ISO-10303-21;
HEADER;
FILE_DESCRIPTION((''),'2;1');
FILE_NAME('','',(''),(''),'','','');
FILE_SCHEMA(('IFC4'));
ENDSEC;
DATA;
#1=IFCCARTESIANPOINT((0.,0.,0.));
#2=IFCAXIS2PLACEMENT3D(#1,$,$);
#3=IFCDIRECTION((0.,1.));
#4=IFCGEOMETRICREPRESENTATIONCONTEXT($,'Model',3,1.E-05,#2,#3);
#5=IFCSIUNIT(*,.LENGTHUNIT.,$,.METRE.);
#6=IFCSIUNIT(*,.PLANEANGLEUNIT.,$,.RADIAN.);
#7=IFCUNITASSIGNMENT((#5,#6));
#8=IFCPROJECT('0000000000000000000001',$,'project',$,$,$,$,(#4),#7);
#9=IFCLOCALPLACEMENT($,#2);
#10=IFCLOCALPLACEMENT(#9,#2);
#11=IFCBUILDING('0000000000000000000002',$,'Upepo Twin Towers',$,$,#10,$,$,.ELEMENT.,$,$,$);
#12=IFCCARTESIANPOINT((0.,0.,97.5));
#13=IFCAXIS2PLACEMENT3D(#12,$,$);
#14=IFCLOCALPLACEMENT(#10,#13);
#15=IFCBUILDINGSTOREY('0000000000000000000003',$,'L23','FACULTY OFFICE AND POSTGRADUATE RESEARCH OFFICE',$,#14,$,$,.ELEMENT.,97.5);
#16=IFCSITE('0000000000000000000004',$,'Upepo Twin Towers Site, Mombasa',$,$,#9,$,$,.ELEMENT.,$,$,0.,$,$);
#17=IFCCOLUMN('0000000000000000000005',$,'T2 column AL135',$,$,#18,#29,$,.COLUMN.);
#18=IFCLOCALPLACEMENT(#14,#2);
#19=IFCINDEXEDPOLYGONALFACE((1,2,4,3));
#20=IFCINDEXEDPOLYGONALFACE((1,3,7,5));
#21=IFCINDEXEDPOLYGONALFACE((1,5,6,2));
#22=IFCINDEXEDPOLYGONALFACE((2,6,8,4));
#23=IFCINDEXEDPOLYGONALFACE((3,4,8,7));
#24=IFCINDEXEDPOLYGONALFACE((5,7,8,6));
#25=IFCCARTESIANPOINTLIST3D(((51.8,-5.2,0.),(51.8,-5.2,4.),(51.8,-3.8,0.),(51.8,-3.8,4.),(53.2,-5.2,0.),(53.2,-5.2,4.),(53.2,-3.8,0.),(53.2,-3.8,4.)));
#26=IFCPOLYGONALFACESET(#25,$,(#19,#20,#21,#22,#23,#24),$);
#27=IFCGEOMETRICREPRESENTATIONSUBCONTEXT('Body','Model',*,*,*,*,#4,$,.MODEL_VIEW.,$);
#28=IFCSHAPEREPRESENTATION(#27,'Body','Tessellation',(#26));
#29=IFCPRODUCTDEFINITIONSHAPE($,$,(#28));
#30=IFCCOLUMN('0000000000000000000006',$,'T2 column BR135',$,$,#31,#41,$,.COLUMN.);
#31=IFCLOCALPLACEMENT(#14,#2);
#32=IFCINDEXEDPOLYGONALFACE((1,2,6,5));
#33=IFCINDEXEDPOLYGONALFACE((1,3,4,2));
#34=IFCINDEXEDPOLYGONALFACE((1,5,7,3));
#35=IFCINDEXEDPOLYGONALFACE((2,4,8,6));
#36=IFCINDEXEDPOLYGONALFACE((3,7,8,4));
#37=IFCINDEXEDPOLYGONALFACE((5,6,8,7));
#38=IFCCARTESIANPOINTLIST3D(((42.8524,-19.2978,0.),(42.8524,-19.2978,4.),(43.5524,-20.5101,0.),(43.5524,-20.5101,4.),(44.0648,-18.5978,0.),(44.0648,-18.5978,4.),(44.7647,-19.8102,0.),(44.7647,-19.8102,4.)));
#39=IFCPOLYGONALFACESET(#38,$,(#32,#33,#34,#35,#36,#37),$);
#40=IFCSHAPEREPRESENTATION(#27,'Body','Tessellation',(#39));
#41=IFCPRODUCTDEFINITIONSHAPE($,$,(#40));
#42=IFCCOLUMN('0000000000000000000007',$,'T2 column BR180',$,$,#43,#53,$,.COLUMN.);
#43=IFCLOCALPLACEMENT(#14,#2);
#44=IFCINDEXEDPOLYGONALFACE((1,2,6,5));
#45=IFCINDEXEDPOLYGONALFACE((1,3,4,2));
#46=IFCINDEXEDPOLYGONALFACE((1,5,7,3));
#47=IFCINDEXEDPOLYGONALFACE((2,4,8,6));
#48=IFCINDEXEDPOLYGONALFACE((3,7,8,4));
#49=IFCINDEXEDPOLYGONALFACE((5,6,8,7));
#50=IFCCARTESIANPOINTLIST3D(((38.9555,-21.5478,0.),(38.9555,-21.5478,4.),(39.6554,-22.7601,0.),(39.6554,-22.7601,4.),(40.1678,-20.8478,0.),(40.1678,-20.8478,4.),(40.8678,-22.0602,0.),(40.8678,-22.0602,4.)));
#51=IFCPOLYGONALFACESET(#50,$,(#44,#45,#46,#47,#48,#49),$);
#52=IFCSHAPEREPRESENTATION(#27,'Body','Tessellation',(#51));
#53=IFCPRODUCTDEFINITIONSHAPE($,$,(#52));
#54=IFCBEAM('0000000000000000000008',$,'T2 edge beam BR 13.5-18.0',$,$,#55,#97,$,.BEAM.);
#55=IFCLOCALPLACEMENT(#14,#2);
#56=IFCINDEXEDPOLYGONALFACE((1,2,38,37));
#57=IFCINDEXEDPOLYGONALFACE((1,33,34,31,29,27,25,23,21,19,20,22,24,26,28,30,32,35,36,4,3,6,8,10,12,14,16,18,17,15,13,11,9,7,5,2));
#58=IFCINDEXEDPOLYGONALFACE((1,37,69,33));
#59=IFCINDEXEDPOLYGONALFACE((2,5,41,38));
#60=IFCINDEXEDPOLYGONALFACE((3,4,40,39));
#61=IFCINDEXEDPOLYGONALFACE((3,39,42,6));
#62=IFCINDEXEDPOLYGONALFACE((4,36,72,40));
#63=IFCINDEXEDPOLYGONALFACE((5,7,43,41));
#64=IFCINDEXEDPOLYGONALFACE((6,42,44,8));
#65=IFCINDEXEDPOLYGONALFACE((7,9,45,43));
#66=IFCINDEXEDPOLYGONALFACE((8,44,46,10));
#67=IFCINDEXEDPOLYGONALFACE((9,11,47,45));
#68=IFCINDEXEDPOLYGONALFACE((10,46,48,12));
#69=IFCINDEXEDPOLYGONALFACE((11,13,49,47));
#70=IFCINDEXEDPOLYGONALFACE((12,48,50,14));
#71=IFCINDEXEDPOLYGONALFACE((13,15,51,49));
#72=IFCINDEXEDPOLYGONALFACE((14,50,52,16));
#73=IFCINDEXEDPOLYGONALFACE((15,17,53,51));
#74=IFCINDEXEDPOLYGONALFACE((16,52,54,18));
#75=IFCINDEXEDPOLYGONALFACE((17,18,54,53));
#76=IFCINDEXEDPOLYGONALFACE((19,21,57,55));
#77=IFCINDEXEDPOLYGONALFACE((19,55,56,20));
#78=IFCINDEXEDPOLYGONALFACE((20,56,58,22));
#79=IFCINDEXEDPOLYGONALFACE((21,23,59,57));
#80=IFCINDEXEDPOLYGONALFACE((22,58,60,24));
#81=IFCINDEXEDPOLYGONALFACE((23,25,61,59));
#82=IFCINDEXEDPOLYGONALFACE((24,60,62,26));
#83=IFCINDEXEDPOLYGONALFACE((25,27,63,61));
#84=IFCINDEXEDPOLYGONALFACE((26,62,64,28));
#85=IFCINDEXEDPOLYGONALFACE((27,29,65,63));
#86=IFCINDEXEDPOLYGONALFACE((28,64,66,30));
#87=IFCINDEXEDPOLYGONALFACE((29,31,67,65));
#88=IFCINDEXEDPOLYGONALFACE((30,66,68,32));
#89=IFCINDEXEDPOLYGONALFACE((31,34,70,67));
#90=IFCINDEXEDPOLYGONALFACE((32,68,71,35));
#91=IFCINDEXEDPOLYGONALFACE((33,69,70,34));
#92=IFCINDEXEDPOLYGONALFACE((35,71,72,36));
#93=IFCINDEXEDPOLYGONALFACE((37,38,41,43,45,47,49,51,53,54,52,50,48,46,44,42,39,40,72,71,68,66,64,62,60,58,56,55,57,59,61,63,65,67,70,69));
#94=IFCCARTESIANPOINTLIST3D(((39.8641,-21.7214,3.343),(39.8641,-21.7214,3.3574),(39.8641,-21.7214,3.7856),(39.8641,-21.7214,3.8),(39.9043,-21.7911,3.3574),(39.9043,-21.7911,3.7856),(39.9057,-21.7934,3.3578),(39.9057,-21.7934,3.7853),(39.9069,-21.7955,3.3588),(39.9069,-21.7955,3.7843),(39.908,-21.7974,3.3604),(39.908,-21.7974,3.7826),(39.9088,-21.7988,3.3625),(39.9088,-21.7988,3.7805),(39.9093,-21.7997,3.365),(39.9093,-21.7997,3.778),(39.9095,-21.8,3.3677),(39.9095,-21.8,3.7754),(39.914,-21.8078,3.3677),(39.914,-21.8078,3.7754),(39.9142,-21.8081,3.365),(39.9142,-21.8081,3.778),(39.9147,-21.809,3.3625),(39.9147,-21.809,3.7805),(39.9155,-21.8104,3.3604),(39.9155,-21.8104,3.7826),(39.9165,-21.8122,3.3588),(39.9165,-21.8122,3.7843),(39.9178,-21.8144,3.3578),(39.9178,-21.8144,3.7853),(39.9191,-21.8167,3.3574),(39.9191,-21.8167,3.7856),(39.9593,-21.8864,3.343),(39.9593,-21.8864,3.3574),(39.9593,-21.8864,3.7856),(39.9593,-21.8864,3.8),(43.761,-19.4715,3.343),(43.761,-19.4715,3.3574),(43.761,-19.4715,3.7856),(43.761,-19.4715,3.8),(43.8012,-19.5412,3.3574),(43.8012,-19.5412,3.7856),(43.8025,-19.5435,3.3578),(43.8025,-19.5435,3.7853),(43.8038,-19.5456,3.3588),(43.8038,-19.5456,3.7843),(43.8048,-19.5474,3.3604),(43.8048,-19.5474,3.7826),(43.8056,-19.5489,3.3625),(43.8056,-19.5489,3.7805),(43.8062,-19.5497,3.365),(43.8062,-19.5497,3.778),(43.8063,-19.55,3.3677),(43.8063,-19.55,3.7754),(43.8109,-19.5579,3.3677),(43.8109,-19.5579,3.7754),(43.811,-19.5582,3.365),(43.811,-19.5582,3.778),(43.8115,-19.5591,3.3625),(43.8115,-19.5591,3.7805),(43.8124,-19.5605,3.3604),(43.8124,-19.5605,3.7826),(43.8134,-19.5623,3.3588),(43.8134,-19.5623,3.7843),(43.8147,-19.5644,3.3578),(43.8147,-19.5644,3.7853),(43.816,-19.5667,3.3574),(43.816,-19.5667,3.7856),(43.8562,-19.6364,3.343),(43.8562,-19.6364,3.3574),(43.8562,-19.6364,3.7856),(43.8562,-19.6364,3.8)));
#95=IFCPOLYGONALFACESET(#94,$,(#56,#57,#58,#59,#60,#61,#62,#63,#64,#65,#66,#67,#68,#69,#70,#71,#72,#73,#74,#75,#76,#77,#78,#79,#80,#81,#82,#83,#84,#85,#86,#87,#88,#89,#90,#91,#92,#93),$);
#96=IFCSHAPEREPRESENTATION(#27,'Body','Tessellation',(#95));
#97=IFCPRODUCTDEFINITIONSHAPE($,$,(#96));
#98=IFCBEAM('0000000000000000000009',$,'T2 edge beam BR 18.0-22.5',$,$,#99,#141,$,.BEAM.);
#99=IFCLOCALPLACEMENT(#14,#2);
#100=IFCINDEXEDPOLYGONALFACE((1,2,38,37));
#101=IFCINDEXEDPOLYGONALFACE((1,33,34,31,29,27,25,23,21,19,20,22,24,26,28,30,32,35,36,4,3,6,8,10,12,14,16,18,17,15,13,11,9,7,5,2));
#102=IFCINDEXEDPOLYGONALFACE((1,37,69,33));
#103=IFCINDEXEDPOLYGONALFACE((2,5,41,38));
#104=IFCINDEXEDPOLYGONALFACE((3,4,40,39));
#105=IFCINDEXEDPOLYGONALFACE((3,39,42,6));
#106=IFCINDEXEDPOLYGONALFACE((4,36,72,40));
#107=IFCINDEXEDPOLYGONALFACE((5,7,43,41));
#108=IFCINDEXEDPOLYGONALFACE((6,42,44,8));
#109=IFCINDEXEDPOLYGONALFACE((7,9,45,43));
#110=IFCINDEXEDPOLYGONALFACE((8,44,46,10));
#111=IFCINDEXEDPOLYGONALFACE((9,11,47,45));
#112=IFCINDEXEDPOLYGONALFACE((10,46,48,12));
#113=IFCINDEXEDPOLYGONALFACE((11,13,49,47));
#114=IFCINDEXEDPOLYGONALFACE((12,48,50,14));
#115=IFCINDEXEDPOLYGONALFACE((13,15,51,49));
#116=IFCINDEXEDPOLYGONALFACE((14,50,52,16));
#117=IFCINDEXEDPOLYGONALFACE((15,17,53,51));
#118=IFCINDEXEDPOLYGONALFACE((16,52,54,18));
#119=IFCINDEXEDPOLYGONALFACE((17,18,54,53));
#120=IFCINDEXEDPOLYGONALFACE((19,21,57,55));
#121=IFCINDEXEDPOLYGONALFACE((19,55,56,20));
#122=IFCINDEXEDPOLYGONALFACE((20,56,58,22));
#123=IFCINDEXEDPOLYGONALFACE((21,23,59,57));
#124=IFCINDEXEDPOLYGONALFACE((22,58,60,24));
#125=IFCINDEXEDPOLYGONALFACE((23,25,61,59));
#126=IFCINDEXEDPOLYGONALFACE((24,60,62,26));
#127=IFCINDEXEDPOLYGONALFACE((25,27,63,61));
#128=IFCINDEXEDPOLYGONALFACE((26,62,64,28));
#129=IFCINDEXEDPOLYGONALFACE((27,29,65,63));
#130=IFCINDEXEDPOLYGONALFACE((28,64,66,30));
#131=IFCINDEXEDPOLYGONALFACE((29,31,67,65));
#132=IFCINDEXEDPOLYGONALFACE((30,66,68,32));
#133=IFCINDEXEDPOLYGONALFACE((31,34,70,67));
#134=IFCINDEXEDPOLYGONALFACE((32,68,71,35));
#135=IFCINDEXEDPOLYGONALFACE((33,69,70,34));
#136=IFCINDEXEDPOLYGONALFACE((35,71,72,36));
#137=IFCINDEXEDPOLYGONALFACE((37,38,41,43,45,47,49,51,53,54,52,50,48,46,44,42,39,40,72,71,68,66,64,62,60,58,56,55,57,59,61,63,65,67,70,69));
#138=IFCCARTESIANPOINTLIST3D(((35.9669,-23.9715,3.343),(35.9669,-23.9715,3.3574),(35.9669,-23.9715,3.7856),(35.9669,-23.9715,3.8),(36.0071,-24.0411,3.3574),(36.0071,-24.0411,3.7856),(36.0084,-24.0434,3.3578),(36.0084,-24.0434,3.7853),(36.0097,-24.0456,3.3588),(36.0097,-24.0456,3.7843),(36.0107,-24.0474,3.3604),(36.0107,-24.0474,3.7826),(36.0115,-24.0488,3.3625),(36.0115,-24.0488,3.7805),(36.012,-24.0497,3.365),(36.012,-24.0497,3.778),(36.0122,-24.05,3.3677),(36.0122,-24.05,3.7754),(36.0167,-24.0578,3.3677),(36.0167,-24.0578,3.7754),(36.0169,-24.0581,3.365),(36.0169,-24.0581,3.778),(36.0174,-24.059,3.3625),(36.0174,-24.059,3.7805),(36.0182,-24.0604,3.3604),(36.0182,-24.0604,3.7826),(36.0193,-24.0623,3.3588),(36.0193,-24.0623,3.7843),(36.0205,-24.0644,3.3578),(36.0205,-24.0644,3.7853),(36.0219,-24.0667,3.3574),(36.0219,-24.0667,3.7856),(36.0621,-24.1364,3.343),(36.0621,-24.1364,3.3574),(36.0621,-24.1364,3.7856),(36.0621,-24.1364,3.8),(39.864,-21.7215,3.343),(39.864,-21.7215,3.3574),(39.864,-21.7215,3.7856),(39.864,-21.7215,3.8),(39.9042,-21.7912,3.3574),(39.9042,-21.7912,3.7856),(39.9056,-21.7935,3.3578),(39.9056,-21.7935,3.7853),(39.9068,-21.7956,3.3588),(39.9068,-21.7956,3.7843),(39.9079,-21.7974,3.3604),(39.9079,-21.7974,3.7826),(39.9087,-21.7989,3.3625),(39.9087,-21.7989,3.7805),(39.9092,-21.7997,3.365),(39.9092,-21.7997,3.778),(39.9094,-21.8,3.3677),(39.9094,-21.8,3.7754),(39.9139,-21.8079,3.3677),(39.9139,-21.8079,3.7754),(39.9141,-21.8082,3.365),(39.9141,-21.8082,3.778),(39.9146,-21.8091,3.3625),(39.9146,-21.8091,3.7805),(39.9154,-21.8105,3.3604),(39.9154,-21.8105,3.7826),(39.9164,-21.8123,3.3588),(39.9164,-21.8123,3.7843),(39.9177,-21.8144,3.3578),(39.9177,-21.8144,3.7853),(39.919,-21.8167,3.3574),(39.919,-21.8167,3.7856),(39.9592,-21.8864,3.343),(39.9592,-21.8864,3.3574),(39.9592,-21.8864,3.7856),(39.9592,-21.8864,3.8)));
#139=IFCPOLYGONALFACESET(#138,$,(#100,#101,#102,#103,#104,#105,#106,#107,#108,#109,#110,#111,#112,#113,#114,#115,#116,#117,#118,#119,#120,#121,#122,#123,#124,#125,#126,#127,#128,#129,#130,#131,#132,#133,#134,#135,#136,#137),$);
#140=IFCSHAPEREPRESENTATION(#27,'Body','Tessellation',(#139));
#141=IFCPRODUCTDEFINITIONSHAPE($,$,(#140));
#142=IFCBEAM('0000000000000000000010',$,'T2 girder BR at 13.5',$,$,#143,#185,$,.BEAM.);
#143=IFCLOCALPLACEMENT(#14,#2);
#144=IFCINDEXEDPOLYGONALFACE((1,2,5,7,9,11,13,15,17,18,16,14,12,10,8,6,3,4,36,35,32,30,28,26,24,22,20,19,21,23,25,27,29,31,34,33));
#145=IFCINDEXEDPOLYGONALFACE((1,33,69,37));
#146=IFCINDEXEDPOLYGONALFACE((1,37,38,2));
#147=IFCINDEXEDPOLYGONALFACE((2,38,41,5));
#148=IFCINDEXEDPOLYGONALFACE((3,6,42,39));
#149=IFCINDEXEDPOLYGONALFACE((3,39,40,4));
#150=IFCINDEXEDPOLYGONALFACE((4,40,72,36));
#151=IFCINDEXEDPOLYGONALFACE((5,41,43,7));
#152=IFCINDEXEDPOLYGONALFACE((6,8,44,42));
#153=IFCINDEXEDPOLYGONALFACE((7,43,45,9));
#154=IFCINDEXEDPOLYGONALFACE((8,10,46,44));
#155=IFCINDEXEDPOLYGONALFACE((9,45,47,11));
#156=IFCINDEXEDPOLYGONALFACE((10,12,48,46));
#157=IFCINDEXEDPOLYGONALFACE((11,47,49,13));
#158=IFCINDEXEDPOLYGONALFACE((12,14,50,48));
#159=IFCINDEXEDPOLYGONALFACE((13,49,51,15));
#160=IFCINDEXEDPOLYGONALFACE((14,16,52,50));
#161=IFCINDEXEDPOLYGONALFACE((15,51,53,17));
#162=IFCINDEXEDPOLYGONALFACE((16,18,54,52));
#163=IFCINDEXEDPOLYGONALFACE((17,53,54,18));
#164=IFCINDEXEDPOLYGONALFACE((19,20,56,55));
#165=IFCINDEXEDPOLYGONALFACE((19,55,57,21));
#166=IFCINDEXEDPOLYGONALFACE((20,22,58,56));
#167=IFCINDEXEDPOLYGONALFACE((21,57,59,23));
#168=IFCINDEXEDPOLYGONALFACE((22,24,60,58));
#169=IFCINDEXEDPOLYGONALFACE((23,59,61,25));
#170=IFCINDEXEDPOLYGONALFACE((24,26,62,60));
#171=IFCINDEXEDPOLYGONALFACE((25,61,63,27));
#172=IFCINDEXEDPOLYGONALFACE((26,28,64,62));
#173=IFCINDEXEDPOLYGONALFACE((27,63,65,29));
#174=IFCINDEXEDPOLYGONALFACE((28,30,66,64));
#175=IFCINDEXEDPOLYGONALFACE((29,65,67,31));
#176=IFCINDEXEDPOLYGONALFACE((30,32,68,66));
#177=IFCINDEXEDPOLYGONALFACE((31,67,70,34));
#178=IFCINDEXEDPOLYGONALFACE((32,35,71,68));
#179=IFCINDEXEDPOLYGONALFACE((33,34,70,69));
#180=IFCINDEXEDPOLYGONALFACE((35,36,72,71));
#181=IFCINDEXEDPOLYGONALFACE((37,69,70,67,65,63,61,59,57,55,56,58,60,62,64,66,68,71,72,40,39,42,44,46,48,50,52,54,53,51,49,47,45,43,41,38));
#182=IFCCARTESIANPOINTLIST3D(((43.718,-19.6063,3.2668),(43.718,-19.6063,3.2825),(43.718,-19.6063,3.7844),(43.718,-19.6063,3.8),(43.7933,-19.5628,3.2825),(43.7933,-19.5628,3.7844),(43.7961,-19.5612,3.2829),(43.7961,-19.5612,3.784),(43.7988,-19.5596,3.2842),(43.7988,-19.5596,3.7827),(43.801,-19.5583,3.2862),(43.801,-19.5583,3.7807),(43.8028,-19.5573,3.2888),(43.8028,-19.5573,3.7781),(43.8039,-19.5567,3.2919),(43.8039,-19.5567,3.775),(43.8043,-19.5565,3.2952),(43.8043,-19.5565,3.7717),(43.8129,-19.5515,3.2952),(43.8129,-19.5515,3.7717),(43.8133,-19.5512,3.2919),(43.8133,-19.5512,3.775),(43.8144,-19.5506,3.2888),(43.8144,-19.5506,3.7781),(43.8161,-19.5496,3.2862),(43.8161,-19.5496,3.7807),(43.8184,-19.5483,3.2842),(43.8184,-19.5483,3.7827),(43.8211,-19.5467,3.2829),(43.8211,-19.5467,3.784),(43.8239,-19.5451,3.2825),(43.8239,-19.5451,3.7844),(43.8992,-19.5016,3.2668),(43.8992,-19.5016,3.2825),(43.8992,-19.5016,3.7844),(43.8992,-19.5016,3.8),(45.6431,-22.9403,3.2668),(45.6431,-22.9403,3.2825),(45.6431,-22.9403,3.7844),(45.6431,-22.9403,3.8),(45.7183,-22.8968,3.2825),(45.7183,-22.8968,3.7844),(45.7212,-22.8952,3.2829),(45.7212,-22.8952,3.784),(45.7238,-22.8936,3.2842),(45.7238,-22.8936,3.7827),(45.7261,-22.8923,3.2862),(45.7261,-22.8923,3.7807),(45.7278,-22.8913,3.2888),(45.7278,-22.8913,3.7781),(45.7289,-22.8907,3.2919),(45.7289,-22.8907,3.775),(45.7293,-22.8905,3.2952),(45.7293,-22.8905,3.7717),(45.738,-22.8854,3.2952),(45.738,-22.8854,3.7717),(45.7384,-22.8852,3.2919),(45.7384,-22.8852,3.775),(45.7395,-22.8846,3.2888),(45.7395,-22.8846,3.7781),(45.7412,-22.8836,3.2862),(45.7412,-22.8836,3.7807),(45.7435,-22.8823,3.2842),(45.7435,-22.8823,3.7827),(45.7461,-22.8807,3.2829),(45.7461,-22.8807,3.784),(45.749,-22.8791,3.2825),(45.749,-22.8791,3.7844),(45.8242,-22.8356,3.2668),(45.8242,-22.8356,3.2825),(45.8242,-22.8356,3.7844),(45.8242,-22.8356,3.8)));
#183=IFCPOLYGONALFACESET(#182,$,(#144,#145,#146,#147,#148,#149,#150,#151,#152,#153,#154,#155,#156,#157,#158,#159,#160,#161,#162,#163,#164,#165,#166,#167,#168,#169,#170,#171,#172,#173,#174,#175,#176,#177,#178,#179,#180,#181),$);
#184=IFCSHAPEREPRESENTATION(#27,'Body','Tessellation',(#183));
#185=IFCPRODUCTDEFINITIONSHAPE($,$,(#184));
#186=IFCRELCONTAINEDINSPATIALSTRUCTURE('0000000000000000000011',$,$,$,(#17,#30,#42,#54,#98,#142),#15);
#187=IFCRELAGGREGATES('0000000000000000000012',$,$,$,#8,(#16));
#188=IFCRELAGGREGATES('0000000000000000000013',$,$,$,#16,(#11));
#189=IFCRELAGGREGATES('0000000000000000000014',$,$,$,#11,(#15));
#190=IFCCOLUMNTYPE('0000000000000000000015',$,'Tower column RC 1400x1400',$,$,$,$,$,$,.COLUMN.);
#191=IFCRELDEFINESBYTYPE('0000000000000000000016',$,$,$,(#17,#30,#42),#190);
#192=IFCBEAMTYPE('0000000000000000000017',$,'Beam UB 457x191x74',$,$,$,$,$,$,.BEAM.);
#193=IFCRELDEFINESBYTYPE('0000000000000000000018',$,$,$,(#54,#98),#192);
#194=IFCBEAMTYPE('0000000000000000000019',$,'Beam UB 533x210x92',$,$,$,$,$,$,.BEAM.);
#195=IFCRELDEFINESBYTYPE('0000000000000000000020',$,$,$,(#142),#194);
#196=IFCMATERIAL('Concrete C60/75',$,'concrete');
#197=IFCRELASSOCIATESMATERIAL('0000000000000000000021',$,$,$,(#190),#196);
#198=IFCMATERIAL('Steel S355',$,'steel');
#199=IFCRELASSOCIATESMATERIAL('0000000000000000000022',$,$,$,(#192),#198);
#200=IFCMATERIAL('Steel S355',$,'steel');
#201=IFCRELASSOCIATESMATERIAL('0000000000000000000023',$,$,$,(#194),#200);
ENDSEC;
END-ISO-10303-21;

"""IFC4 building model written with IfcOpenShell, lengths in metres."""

from ifc_helpers import new_model, si_unit, direction, frame, origin, origin_2d, place, context, subcontext, project, spatial, rectangle, i_section, extrude, material, material_profile, profile_set, type_object, element, save


model = new_model("IFC4")

# Units and contexts
model_context = context("Model", 3, precision=1e-05, world=origin(), true_north=direction((0.0, 1.0)))
body_context = subcontext(model_context, "Body", "Model", "MODEL_VIEW")
ifc_project = project(units=[si_unit("LENGTHUNIT", "METRE"), si_unit("PLANEANGLEUNIT", "RADIAN")], contexts=[model_context])

# Site, building, storey
site_placement = place(None, origin())
site = spatial("IfcSite", under=ifc_project, at=site_placement, Name="Upepo Twin Towers Site, Mombasa", CompositionType="ELEMENT", RefElevation=0.0)
building_placement = place(site_placement, origin())
building = spatial("IfcBuilding", under=site, at=building_placement, Name="Upepo Twin Towers", CompositionType="ELEMENT")
storey_placement = place(building_placement, frame((0.0, 0.0, 97.5)))
storey = spatial("IfcBuildingStorey", under=building, at=storey_placement, Name="L23", Description="FACULTY OFFICE AND POSTGRADUATE RESEARCH OFFICE", CompositionType="ELEMENT", Elevation=97.5)

# Columns
ifc_material_1 = material(Name="Concrete C60/75", Category="concrete")
ifc_material_profile_1 = material_profile(ifc_material_1, rectangle(XDim=1.3999, YDim=1.3999, at=origin_2d()), Name="RC 1400x1400")
ifc_profile_set_1 = profile_set([ifc_material_profile_1], Name="Concrete C60/75")
column_type = type_object("IfcColumnType", Name="Tower column RC 1400x1400", PredefinedType="COLUMN", material=ifc_profile_set_1)
for number, where, z_axis, x_axis, name in (
    (1, (52.5, -4.5, 0.0), (0.0, 0.0, 1.0), (1.0, 0.0, 0.0), "T2 column AL135"),
    (2, (43.8086, -19.554, 0.0), (0.0, 0.0, 1.0), (0.866025, 0.5, 0.0), "T2 column BR135"),
    (3, (39.9116, -21.804, 0.0), (0.0, 0.0, 1.0), (0.866025, 0.5, 0.0), "T2 column BR180"),
):
    element("IfcColumn", number, at=place(storey_placement, frame(where, z_axis=z_axis, x_axis=x_axis)), inside=storey, type_object=column_type, Name=name, PredefinedType="COLUMN", context=body_context, shape_type="SweptSolid", body=[
        extrude(rectangle(XDim=1.3999, YDim=1.3999, at=origin_2d()), origin(), (0.0, 0.0, 1.0), 4.0),
    ])

# Beams
ifc_material_2 = material(Name="Steel S355", Category="steel")
ifc_material_profile_2 = material_profile(ifc_material_2, i_section(OverallWidth=0.1904, OverallDepth=0.457, WebThickness=0.009, FlangeThickness=0.0144, FilletRadius=0.0103, at=origin_2d()), Name="UB 457x191x74")
ifc_profile_set_2 = profile_set([ifc_material_profile_2], Name="Steel S355")
beam_type_1 = type_object("IfcBeamType", Name="Beam UB 457x191x74", PredefinedType="BEAM", material=ifc_profile_set_2)
beam_1_placement = place(storey_placement, frame((43.8086, -19.554, 3.5715), z_axis=(-0.866018, -0.500014, 0.0), x_axis=(0.500014, -0.866018, 0.0)))
element("IfcBeam", 4, at=beam_1_placement, inside=storey, type_object=beam_type_1, Name="T2 edge beam BR 13.5-18.0", PredefinedType="BEAM", context=body_context, shape_type="SweptSolid", body=[
    extrude(i_section(OverallWidth=0.1904, OverallDepth=0.457, WebThickness=0.009, FlangeThickness=0.0144, FilletRadius=0.0103, at=origin_2d()), origin(), (0.0, 0.0, 1.0), 4.4998),
])
beam_2_placement = place(storey_placement, frame((39.9116, -21.804, 3.5715), z_axis=(-0.866031, -0.49999, 0.0), x_axis=(0.49999, -0.866031, 0.0)))
element("IfcBeam", 5, at=beam_2_placement, inside=storey, type_object=beam_type_1, Name="T2 edge beam BR 18.0-22.5", PredefinedType="BEAM", context=body_context, shape_type="SweptSolid", body=[
    extrude(i_section(OverallWidth=0.1904, OverallDepth=0.457, WebThickness=0.009, FlangeThickness=0.0144, FilletRadius=0.0103, at=origin_2d()), origin(), (0.0, 0.0, 1.0), 4.5),
])
ifc_material_3 = material(Name="Steel S355", Category="steel")
ifc_material_profile_3 = material_profile(ifc_material_3, i_section(OverallWidth=0.2092, OverallDepth=0.5332, WebThickness=0.01, FlangeThickness=0.0156, FilletRadius=0.0127, at=origin_2d()), Name="UB 533x210x92")
ifc_profile_set_3 = profile_set([ifc_material_profile_3], Name="Steel S355")
beam_type_2 = type_object("IfcBeamType", Name="Beam UB 533x210x92", PredefinedType="BEAM", material=ifc_profile_set_3)
beam_3_placement = place(storey_placement, frame((43.8086, -19.554, 3.5334), z_axis=(0.500034, -0.866006, 0.0), x_axis=(0.866006, 0.500034, 0.0)))
element("IfcBeam", 6, at=beam_3_placement, inside=storey, type_object=beam_type_2, Name="T2 girder BR at 13.5", PredefinedType="BEAM", context=body_context, shape_type="SweptSolid", body=[
    extrude(i_section(OverallWidth=0.2092, OverallDepth=0.5332, WebThickness=0.01, FlangeThickness=0.0156, FilletRadius=0.0127, at=origin_2d()), origin(), (0.0, 0.0, 1.0), 3.8499),
])

save(model, "model.ifc")
